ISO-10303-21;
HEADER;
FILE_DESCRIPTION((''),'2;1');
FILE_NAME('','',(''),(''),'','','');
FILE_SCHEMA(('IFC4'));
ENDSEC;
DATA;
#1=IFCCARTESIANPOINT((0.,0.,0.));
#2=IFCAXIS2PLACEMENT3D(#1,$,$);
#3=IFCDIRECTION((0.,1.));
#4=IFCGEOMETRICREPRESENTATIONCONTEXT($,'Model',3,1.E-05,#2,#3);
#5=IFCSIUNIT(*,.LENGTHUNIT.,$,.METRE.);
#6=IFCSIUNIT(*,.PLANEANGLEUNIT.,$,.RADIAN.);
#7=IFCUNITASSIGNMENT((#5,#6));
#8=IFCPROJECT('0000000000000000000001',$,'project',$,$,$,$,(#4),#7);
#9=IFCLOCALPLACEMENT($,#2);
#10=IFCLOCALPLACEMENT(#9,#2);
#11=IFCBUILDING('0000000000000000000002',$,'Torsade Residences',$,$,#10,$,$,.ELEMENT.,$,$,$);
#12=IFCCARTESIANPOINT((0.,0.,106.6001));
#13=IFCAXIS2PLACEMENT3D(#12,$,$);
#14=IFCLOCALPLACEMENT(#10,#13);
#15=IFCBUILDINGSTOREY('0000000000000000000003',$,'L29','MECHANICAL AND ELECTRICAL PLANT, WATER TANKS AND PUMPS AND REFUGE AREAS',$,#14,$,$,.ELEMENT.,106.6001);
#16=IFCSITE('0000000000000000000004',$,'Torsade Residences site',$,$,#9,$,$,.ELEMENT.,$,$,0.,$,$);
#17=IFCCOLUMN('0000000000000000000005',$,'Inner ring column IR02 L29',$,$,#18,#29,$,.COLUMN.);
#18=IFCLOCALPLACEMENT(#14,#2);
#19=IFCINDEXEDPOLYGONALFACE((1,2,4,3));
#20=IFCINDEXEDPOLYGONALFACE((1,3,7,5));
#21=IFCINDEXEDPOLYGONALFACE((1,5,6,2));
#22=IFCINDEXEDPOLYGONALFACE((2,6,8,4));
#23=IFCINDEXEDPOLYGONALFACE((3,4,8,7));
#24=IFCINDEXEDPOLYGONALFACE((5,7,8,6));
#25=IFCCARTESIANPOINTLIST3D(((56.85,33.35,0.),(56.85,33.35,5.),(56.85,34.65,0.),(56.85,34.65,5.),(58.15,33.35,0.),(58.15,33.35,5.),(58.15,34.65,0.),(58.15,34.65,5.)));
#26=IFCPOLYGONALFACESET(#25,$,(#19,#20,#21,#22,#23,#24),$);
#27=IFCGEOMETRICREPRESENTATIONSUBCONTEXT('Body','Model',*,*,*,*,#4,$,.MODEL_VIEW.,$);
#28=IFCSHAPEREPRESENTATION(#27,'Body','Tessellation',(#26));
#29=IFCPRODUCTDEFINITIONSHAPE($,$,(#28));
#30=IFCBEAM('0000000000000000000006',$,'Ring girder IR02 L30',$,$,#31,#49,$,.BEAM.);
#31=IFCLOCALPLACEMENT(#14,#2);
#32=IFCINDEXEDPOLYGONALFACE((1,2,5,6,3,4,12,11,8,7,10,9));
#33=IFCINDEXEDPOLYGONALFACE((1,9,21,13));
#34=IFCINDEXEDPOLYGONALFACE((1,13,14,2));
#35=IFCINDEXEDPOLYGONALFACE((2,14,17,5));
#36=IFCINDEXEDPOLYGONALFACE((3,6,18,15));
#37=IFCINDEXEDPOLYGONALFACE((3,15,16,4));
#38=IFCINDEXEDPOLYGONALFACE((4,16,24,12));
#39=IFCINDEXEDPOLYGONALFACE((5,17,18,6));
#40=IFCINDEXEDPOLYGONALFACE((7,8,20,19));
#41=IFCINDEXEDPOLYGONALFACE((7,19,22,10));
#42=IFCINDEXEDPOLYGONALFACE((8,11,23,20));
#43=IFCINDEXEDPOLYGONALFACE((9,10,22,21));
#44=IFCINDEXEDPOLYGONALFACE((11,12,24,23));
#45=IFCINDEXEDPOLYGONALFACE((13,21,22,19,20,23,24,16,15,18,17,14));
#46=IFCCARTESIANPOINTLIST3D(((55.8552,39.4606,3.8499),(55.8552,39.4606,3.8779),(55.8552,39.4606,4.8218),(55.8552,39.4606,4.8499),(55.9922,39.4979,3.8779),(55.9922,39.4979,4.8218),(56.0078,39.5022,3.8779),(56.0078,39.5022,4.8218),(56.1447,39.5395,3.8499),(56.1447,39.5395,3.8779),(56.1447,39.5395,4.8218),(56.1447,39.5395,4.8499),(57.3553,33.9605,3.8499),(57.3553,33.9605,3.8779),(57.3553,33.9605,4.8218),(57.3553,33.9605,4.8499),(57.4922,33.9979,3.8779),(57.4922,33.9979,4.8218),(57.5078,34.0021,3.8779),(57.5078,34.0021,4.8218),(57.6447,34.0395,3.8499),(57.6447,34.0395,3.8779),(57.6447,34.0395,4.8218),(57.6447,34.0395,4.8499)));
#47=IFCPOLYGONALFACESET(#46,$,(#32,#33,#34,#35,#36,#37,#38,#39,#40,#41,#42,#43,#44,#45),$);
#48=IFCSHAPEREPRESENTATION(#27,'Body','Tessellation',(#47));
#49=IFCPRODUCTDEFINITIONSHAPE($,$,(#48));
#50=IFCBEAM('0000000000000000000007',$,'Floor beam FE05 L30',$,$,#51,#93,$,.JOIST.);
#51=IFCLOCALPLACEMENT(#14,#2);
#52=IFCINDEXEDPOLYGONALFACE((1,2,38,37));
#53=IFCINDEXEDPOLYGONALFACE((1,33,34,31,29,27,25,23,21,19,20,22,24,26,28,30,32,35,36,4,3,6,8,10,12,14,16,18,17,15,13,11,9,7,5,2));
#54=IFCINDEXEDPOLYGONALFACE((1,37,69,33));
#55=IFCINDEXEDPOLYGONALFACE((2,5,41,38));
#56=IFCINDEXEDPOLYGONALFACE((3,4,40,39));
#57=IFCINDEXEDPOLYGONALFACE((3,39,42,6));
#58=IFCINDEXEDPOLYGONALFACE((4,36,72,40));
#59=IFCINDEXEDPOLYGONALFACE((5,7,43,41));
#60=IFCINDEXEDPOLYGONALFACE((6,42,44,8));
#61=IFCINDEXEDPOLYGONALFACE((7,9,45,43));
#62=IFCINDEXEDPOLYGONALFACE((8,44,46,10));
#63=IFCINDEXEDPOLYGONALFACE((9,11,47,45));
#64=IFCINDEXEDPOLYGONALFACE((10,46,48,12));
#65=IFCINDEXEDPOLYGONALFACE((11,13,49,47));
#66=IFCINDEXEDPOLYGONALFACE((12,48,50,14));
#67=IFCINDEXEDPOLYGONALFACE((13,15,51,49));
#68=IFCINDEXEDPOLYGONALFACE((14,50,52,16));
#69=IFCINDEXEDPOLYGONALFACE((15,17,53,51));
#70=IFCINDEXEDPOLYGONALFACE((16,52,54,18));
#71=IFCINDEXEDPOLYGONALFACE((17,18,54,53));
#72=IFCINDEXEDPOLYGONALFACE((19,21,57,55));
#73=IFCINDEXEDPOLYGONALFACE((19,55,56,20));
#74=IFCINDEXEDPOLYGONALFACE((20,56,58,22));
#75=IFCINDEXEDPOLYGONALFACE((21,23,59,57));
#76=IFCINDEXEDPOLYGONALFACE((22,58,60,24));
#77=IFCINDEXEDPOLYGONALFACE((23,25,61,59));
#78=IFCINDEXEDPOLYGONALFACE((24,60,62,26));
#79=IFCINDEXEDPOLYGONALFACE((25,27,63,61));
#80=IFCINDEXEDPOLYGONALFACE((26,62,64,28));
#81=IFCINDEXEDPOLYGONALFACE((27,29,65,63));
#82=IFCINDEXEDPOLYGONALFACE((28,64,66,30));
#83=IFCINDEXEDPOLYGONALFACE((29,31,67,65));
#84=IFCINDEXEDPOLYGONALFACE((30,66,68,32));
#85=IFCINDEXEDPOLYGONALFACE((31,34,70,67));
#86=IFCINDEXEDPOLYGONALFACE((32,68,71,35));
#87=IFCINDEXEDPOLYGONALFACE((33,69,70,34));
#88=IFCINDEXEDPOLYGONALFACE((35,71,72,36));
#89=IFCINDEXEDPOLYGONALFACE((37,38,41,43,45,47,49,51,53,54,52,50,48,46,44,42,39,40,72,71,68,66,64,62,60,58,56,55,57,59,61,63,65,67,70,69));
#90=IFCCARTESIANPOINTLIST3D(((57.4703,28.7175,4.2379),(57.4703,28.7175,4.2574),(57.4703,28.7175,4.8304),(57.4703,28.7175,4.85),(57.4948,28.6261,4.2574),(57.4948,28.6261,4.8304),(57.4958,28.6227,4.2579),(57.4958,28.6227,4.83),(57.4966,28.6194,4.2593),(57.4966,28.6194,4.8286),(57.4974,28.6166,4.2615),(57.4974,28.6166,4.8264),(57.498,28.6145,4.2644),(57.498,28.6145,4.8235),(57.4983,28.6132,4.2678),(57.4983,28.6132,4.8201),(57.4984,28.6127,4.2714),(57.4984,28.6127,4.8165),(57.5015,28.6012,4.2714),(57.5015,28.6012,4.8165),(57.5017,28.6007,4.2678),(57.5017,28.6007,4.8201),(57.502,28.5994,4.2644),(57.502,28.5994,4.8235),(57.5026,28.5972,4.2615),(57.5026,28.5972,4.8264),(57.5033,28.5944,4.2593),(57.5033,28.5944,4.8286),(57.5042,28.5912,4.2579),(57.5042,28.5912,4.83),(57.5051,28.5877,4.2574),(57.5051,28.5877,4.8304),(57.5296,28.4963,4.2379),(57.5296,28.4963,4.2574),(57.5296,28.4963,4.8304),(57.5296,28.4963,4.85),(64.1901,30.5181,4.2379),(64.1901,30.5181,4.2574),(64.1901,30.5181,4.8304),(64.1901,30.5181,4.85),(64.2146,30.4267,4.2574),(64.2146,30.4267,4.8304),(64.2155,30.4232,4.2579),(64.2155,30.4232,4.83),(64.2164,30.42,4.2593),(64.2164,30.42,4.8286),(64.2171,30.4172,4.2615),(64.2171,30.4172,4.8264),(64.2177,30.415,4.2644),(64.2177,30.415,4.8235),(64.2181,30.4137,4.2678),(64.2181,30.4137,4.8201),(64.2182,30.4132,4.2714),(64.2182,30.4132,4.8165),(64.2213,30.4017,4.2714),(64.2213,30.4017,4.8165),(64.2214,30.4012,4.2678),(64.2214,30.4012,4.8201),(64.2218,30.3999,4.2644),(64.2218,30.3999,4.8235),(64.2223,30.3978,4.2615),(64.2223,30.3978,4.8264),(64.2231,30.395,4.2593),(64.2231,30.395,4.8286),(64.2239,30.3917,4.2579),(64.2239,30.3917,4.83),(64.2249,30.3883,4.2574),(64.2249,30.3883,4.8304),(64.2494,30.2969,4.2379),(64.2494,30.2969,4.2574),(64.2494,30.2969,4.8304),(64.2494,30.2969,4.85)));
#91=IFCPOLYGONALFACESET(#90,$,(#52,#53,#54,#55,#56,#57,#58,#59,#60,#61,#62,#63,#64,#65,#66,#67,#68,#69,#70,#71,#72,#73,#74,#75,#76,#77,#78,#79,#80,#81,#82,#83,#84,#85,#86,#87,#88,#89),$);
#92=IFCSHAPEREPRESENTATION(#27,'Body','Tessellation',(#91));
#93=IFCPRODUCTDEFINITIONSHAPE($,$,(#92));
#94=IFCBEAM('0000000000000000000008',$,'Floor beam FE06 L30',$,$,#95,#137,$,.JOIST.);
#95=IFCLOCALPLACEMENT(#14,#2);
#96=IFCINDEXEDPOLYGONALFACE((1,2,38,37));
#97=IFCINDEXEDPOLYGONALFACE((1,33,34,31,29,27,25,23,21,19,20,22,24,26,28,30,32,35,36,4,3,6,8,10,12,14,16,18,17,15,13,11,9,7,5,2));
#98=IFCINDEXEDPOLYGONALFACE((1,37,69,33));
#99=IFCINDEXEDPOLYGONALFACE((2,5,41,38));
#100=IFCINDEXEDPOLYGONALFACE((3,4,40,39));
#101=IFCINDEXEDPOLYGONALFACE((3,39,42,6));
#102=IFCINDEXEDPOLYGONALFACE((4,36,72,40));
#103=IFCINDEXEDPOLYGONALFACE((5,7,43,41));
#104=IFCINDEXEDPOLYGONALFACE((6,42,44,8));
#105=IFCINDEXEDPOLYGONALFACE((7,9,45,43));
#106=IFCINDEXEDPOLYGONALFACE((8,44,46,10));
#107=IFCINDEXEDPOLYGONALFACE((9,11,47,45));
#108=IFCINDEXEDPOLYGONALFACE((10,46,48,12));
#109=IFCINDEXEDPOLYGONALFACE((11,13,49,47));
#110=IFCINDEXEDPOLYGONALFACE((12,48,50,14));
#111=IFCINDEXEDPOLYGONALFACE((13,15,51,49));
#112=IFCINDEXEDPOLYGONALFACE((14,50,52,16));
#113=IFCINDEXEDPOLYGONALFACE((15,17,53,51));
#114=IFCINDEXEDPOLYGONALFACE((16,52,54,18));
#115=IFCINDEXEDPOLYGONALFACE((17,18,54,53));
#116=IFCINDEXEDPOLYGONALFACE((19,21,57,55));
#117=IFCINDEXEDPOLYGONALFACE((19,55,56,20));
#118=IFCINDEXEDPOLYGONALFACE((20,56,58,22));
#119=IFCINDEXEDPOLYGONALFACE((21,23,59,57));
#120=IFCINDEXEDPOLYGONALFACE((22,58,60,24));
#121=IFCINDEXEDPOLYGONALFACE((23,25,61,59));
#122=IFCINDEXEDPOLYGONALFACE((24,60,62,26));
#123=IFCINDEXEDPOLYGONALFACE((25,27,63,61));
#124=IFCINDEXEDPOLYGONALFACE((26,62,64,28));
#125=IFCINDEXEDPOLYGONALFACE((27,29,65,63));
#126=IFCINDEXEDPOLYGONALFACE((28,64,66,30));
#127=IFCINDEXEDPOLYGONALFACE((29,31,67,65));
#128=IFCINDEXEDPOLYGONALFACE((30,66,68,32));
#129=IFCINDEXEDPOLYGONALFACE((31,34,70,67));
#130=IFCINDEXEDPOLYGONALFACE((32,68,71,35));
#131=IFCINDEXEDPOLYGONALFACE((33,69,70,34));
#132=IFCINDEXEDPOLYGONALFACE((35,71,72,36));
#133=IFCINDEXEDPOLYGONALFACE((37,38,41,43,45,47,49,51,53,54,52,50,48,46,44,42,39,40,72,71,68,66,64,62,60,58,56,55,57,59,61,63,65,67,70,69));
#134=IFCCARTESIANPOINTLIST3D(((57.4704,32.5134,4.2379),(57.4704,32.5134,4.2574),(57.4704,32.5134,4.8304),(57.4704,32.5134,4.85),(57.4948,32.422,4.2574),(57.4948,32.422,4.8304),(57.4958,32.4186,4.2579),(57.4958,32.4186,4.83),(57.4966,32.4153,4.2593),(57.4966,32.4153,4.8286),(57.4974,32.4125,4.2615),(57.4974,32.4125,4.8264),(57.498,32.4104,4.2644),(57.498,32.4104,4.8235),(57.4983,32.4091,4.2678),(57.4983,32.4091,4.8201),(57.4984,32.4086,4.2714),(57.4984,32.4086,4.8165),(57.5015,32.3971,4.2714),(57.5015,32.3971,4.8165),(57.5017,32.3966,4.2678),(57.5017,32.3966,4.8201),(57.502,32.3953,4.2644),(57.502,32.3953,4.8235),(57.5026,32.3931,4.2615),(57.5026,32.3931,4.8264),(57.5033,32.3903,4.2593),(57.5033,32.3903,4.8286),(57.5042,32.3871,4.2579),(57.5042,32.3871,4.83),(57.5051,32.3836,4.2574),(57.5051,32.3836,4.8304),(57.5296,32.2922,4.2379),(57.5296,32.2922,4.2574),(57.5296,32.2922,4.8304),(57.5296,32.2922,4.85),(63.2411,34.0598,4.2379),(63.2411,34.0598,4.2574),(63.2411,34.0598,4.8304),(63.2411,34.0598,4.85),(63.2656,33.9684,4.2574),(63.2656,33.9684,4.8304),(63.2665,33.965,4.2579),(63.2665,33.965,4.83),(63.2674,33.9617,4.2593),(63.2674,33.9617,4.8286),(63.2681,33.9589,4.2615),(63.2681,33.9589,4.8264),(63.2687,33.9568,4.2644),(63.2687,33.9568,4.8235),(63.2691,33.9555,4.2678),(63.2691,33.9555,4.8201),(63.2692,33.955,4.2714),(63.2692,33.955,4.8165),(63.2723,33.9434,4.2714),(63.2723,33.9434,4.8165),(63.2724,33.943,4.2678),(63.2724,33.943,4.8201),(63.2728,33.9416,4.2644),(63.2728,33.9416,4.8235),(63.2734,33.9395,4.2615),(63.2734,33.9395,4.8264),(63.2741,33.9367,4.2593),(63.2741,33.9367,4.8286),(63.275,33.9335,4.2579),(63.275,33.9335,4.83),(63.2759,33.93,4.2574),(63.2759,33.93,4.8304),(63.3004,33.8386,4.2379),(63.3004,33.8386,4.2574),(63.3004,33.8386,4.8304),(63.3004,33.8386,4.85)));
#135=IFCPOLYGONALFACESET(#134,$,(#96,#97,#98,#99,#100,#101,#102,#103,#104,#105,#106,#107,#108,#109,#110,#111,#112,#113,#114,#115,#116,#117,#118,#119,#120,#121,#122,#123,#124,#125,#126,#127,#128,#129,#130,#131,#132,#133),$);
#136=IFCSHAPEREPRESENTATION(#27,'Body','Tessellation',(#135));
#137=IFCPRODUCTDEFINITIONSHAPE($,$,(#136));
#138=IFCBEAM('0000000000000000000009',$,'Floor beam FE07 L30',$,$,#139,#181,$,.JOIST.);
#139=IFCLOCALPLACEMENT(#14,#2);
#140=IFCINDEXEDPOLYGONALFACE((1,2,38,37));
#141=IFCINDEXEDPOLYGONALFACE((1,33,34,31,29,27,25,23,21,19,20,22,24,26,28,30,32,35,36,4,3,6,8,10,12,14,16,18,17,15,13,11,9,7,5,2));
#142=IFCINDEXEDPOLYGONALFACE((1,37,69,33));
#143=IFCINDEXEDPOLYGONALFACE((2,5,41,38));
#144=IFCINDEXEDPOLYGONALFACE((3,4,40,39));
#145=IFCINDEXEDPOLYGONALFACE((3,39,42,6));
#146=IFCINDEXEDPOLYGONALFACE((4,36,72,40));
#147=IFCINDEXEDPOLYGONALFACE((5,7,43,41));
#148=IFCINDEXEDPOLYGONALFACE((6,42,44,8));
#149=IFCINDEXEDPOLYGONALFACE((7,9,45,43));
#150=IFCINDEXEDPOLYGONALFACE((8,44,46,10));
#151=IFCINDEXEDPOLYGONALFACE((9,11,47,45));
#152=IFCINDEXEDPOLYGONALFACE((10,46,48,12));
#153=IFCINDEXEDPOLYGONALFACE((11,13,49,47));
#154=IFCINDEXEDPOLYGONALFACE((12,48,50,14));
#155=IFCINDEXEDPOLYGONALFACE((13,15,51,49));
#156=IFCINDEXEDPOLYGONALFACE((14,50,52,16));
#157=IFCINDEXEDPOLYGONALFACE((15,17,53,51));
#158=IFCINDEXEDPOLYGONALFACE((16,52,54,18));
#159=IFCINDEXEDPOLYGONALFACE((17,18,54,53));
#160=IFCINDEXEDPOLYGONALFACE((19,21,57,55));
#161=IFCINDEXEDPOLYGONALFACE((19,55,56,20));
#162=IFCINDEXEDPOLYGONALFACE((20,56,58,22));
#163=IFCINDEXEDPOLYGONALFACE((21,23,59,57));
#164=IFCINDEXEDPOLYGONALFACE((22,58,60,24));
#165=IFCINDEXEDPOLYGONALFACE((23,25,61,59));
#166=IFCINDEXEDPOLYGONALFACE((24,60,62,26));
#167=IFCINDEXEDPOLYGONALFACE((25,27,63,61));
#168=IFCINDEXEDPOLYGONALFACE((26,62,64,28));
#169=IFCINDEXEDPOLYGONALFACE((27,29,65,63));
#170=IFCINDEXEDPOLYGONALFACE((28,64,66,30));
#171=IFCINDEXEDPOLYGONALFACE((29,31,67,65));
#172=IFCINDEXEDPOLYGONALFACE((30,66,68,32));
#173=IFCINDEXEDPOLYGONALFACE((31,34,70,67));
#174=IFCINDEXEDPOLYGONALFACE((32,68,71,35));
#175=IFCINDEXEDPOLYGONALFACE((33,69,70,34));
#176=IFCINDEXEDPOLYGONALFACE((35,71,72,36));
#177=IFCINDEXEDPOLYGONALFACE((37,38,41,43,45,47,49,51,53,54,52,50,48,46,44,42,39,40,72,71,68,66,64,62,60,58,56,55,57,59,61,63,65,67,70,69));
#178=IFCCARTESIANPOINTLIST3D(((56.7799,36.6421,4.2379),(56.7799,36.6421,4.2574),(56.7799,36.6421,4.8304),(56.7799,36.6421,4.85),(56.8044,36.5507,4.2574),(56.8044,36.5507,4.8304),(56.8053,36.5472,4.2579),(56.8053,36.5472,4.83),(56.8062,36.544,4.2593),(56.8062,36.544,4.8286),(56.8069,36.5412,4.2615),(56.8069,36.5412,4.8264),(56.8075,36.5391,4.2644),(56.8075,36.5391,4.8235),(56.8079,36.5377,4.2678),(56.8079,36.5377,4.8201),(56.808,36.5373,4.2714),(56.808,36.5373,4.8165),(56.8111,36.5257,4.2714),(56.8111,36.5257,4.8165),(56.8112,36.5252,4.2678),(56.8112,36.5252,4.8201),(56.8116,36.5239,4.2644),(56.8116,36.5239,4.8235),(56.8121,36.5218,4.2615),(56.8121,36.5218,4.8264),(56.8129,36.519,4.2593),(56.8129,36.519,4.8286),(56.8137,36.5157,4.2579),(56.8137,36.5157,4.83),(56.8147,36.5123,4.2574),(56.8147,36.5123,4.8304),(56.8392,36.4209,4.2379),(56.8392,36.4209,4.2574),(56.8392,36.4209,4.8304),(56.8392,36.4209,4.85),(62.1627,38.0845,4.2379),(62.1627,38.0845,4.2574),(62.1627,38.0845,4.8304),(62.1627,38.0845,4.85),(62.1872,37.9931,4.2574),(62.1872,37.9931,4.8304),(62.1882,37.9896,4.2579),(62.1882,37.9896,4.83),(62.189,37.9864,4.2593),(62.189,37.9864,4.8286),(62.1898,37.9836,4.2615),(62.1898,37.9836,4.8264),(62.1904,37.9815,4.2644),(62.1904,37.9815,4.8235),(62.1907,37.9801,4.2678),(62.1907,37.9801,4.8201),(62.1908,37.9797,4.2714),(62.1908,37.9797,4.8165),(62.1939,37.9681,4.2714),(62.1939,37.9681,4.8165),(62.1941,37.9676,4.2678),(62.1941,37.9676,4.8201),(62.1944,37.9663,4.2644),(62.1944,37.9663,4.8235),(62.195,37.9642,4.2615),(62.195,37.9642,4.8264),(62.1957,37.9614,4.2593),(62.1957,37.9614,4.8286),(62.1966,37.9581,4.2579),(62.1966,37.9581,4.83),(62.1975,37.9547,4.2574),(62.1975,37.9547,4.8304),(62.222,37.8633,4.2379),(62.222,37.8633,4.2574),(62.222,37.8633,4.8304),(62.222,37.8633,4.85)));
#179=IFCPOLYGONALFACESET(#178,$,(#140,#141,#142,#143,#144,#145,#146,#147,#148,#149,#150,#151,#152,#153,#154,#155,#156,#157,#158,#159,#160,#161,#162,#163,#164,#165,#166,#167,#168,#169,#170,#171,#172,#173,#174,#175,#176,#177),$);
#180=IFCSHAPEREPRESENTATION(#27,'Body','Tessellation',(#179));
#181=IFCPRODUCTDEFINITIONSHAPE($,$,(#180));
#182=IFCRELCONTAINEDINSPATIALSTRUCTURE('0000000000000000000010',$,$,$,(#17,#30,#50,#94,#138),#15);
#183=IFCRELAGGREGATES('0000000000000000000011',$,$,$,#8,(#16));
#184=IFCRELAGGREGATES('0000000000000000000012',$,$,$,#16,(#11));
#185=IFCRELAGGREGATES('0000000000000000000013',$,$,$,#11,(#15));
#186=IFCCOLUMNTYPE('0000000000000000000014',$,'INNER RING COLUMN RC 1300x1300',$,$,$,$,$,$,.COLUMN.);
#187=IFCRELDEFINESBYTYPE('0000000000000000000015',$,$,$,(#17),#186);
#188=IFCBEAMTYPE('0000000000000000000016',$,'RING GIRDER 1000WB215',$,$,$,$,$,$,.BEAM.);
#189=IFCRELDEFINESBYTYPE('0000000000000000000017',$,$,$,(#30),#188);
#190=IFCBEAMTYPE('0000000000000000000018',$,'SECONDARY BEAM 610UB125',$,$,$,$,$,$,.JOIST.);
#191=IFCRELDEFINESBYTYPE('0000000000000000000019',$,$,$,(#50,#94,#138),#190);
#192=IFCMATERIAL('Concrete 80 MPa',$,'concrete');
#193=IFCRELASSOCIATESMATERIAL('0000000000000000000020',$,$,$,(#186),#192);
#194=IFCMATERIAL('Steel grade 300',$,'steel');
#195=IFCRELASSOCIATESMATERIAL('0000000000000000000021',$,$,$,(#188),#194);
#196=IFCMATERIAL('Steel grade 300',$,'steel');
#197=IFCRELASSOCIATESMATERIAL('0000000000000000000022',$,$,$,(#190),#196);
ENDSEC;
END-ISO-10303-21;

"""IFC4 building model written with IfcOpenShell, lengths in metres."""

from ifc_helpers import new_model, si_unit, direction, frame, origin, origin_2d, place, context, subcontext, project, spatial, rectangle, i_section, extrude, material, material_profile, profile_set, type_object, element, save


model = new_model("IFC4")

# Units and contexts
model_context = context("Model", 3, precision=1e-05, world=origin(), true_north=direction((0.0, 1.0)))
body_context = subcontext(model_context, "Body", "Model", "MODEL_VIEW")
ifc_project = project(units=[si_unit("LENGTHUNIT", "METRE"), si_unit("PLANEANGLEUNIT", "RADIAN")], contexts=[model_context])

# Site, building, storey
site_placement = place(None, origin())
site = spatial("IfcSite", under=ifc_project, at=site_placement, Name="Torsade Residences site", CompositionType="ELEMENT", RefElevation=0.0)
building_placement = place(site_placement, origin())
building = spatial("IfcBuilding", under=site, at=building_placement, Name="Torsade Residences", CompositionType="ELEMENT")
storey_placement = place(building_placement, frame((0.0, 0.0, 106.6001)))
storey = spatial("IfcBuildingStorey", under=building, at=storey_placement, Name="L29", Description="MECHANICAL AND ELECTRICAL PLANT, WATER TANKS AND PUMPS AND REFUGE AREAS", CompositionType="ELEMENT", Elevation=106.6001)

# Column
ifc_material_1 = material(Name="Concrete 80 MPa", Category="concrete")
ifc_material_profile_1 = material_profile(ifc_material_1, rectangle(XDim=1.3, YDim=1.3, at=origin_2d()), Name="RC 1300x1300")
ifc_profile_set_1 = profile_set([ifc_material_profile_1], Name="Concrete 80 MPa")
column_type = type_object("IfcColumnType", Name="INNER RING COLUMN RC 1300x1300", PredefinedType="COLUMN", material=ifc_profile_set_1)
column_placement = place(storey_placement, frame((57.5, 34.0, 0.0), z_axis=(0.0, 0.0, 1.0), x_axis=(1.0, 0.0, 0.0)))
element("IfcColumn", 1, at=column_placement, inside=storey, type_object=column_type, Name="Inner ring column IR02 L29", PredefinedType="COLUMN", context=body_context, shape_type="SweptSolid", body=[
    extrude(rectangle(XDim=1.3, YDim=1.3, at=origin_2d()), origin(), (0.0, 0.0, 1.0), 5.0),
])

# Beams
ifc_material_2 = material(Name="Steel grade 300", Category="steel")
ifc_material_profile_2 = material_profile(ifc_material_2, i_section(OverallWidth=0.3, OverallDepth=1.0, WebThickness=0.0161, FlangeThickness=0.0281, at=origin_2d()), Name="1000WB215")
ifc_profile_set_2 = profile_set([ifc_material_profile_2], Name="Steel grade 300")
beam_type_1 = type_object("IfcBeamType", Name="RING GIRDER 1000WB215", PredefinedType="BEAM", material=ifc_profile_set_2)
beam_1_placement = place(storey_placement, frame((57.5, 34.0, 4.3499), z_axis=(-0.263117, 0.964764, 0.0), x_axis=(-0.964764, -0.263117, 0.0)))
element("IfcBeam", 2, at=beam_1_placement, inside=storey, type_object=beam_type_1, Name="Ring girder IR02 L30", PredefinedType="BEAM", context=body_context, shape_type="SweptSolid", body=[
    extrude(i_section(OverallWidth=0.3, OverallDepth=1.0, WebThickness=0.0161, FlangeThickness=0.0281, at=origin_2d()), origin(), (0.0, 0.0, 1.0), 5.7009),
])
ifc_material_3 = material(Name="Steel grade 300", Category="steel")
ifc_material_profile_3 = material_profile(ifc_material_3, i_section(OverallWidth=0.229, OverallDepth=0.6121, WebThickness=0.012, FlangeThickness=0.0195, FilletRadius=0.0139, at=origin_2d()), Name="610UB125")
ifc_profile_set_3 = profile_set([ifc_material_profile_3], Name="Steel grade 300")
beam_type_2 = type_object("IfcBeamType", Name="SECONDARY BEAM 610UB125", PredefinedType="JOIST", material=ifc_profile_set_3)
beam_2_placement = place(storey_placement, frame((64.2197, 30.4075, 4.5439), z_axis=(-0.965926, -0.258818, 0.0), x_axis=(0.258818, -0.965926, 0.0)))
element("IfcBeam", 3, at=beam_2_placement, inside=storey, type_object=beam_type_2, Name="Floor beam FE05 L30", PredefinedType="JOIST", context=body_context, shape_type="SweptSolid", body=[
    extrude(i_section(OverallWidth=0.229, OverallDepth=0.6121, WebThickness=0.012, FlangeThickness=0.0195, FilletRadius=0.0139, at=origin_2d()), origin(), (0.0, 0.0, 1.0), 6.9568),
])
beam_3_placement = place(storey_placement, frame((63.2708, 33.9492, 4.5439), z_axis=(-0.965921, -0.258838, 0.0), x_axis=(0.258838, -0.965921, 0.0)))
element("IfcBeam", 4, at=beam_3_placement, inside=storey, type_object=beam_type_2, Name="Floor beam FE06 L30", PredefinedType="JOIST", context=body_context, shape_type="SweptSolid", body=[
    extrude(i_section(OverallWidth=0.229, OverallDepth=0.6121, WebThickness=0.012, FlangeThickness=0.0195, FilletRadius=0.0139, at=origin_2d()), origin(), (0.0, 0.0, 1.0), 5.9744),
])
beam_4_placement = place(storey_placement, frame((62.1924, 37.9739, 4.5439), z_axis=(-0.965923, -0.25883, 0.0), x_axis=(0.25883, -0.965923, 0.0)))
element("IfcBeam", 5, at=beam_4_placement, inside=storey, type_object=beam_type_2, Name="Floor beam FE07 L30", PredefinedType="JOIST", context=body_context, shape_type="SweptSolid", body=[
    extrude(i_section(OverallWidth=0.229, OverallDepth=0.6121, WebThickness=0.012, FlangeThickness=0.0195, FilletRadius=0.0139, at=origin_2d()), origin(), (0.0, 0.0, 1.0), 5.5728),
])

save(model, "model.ifc")
